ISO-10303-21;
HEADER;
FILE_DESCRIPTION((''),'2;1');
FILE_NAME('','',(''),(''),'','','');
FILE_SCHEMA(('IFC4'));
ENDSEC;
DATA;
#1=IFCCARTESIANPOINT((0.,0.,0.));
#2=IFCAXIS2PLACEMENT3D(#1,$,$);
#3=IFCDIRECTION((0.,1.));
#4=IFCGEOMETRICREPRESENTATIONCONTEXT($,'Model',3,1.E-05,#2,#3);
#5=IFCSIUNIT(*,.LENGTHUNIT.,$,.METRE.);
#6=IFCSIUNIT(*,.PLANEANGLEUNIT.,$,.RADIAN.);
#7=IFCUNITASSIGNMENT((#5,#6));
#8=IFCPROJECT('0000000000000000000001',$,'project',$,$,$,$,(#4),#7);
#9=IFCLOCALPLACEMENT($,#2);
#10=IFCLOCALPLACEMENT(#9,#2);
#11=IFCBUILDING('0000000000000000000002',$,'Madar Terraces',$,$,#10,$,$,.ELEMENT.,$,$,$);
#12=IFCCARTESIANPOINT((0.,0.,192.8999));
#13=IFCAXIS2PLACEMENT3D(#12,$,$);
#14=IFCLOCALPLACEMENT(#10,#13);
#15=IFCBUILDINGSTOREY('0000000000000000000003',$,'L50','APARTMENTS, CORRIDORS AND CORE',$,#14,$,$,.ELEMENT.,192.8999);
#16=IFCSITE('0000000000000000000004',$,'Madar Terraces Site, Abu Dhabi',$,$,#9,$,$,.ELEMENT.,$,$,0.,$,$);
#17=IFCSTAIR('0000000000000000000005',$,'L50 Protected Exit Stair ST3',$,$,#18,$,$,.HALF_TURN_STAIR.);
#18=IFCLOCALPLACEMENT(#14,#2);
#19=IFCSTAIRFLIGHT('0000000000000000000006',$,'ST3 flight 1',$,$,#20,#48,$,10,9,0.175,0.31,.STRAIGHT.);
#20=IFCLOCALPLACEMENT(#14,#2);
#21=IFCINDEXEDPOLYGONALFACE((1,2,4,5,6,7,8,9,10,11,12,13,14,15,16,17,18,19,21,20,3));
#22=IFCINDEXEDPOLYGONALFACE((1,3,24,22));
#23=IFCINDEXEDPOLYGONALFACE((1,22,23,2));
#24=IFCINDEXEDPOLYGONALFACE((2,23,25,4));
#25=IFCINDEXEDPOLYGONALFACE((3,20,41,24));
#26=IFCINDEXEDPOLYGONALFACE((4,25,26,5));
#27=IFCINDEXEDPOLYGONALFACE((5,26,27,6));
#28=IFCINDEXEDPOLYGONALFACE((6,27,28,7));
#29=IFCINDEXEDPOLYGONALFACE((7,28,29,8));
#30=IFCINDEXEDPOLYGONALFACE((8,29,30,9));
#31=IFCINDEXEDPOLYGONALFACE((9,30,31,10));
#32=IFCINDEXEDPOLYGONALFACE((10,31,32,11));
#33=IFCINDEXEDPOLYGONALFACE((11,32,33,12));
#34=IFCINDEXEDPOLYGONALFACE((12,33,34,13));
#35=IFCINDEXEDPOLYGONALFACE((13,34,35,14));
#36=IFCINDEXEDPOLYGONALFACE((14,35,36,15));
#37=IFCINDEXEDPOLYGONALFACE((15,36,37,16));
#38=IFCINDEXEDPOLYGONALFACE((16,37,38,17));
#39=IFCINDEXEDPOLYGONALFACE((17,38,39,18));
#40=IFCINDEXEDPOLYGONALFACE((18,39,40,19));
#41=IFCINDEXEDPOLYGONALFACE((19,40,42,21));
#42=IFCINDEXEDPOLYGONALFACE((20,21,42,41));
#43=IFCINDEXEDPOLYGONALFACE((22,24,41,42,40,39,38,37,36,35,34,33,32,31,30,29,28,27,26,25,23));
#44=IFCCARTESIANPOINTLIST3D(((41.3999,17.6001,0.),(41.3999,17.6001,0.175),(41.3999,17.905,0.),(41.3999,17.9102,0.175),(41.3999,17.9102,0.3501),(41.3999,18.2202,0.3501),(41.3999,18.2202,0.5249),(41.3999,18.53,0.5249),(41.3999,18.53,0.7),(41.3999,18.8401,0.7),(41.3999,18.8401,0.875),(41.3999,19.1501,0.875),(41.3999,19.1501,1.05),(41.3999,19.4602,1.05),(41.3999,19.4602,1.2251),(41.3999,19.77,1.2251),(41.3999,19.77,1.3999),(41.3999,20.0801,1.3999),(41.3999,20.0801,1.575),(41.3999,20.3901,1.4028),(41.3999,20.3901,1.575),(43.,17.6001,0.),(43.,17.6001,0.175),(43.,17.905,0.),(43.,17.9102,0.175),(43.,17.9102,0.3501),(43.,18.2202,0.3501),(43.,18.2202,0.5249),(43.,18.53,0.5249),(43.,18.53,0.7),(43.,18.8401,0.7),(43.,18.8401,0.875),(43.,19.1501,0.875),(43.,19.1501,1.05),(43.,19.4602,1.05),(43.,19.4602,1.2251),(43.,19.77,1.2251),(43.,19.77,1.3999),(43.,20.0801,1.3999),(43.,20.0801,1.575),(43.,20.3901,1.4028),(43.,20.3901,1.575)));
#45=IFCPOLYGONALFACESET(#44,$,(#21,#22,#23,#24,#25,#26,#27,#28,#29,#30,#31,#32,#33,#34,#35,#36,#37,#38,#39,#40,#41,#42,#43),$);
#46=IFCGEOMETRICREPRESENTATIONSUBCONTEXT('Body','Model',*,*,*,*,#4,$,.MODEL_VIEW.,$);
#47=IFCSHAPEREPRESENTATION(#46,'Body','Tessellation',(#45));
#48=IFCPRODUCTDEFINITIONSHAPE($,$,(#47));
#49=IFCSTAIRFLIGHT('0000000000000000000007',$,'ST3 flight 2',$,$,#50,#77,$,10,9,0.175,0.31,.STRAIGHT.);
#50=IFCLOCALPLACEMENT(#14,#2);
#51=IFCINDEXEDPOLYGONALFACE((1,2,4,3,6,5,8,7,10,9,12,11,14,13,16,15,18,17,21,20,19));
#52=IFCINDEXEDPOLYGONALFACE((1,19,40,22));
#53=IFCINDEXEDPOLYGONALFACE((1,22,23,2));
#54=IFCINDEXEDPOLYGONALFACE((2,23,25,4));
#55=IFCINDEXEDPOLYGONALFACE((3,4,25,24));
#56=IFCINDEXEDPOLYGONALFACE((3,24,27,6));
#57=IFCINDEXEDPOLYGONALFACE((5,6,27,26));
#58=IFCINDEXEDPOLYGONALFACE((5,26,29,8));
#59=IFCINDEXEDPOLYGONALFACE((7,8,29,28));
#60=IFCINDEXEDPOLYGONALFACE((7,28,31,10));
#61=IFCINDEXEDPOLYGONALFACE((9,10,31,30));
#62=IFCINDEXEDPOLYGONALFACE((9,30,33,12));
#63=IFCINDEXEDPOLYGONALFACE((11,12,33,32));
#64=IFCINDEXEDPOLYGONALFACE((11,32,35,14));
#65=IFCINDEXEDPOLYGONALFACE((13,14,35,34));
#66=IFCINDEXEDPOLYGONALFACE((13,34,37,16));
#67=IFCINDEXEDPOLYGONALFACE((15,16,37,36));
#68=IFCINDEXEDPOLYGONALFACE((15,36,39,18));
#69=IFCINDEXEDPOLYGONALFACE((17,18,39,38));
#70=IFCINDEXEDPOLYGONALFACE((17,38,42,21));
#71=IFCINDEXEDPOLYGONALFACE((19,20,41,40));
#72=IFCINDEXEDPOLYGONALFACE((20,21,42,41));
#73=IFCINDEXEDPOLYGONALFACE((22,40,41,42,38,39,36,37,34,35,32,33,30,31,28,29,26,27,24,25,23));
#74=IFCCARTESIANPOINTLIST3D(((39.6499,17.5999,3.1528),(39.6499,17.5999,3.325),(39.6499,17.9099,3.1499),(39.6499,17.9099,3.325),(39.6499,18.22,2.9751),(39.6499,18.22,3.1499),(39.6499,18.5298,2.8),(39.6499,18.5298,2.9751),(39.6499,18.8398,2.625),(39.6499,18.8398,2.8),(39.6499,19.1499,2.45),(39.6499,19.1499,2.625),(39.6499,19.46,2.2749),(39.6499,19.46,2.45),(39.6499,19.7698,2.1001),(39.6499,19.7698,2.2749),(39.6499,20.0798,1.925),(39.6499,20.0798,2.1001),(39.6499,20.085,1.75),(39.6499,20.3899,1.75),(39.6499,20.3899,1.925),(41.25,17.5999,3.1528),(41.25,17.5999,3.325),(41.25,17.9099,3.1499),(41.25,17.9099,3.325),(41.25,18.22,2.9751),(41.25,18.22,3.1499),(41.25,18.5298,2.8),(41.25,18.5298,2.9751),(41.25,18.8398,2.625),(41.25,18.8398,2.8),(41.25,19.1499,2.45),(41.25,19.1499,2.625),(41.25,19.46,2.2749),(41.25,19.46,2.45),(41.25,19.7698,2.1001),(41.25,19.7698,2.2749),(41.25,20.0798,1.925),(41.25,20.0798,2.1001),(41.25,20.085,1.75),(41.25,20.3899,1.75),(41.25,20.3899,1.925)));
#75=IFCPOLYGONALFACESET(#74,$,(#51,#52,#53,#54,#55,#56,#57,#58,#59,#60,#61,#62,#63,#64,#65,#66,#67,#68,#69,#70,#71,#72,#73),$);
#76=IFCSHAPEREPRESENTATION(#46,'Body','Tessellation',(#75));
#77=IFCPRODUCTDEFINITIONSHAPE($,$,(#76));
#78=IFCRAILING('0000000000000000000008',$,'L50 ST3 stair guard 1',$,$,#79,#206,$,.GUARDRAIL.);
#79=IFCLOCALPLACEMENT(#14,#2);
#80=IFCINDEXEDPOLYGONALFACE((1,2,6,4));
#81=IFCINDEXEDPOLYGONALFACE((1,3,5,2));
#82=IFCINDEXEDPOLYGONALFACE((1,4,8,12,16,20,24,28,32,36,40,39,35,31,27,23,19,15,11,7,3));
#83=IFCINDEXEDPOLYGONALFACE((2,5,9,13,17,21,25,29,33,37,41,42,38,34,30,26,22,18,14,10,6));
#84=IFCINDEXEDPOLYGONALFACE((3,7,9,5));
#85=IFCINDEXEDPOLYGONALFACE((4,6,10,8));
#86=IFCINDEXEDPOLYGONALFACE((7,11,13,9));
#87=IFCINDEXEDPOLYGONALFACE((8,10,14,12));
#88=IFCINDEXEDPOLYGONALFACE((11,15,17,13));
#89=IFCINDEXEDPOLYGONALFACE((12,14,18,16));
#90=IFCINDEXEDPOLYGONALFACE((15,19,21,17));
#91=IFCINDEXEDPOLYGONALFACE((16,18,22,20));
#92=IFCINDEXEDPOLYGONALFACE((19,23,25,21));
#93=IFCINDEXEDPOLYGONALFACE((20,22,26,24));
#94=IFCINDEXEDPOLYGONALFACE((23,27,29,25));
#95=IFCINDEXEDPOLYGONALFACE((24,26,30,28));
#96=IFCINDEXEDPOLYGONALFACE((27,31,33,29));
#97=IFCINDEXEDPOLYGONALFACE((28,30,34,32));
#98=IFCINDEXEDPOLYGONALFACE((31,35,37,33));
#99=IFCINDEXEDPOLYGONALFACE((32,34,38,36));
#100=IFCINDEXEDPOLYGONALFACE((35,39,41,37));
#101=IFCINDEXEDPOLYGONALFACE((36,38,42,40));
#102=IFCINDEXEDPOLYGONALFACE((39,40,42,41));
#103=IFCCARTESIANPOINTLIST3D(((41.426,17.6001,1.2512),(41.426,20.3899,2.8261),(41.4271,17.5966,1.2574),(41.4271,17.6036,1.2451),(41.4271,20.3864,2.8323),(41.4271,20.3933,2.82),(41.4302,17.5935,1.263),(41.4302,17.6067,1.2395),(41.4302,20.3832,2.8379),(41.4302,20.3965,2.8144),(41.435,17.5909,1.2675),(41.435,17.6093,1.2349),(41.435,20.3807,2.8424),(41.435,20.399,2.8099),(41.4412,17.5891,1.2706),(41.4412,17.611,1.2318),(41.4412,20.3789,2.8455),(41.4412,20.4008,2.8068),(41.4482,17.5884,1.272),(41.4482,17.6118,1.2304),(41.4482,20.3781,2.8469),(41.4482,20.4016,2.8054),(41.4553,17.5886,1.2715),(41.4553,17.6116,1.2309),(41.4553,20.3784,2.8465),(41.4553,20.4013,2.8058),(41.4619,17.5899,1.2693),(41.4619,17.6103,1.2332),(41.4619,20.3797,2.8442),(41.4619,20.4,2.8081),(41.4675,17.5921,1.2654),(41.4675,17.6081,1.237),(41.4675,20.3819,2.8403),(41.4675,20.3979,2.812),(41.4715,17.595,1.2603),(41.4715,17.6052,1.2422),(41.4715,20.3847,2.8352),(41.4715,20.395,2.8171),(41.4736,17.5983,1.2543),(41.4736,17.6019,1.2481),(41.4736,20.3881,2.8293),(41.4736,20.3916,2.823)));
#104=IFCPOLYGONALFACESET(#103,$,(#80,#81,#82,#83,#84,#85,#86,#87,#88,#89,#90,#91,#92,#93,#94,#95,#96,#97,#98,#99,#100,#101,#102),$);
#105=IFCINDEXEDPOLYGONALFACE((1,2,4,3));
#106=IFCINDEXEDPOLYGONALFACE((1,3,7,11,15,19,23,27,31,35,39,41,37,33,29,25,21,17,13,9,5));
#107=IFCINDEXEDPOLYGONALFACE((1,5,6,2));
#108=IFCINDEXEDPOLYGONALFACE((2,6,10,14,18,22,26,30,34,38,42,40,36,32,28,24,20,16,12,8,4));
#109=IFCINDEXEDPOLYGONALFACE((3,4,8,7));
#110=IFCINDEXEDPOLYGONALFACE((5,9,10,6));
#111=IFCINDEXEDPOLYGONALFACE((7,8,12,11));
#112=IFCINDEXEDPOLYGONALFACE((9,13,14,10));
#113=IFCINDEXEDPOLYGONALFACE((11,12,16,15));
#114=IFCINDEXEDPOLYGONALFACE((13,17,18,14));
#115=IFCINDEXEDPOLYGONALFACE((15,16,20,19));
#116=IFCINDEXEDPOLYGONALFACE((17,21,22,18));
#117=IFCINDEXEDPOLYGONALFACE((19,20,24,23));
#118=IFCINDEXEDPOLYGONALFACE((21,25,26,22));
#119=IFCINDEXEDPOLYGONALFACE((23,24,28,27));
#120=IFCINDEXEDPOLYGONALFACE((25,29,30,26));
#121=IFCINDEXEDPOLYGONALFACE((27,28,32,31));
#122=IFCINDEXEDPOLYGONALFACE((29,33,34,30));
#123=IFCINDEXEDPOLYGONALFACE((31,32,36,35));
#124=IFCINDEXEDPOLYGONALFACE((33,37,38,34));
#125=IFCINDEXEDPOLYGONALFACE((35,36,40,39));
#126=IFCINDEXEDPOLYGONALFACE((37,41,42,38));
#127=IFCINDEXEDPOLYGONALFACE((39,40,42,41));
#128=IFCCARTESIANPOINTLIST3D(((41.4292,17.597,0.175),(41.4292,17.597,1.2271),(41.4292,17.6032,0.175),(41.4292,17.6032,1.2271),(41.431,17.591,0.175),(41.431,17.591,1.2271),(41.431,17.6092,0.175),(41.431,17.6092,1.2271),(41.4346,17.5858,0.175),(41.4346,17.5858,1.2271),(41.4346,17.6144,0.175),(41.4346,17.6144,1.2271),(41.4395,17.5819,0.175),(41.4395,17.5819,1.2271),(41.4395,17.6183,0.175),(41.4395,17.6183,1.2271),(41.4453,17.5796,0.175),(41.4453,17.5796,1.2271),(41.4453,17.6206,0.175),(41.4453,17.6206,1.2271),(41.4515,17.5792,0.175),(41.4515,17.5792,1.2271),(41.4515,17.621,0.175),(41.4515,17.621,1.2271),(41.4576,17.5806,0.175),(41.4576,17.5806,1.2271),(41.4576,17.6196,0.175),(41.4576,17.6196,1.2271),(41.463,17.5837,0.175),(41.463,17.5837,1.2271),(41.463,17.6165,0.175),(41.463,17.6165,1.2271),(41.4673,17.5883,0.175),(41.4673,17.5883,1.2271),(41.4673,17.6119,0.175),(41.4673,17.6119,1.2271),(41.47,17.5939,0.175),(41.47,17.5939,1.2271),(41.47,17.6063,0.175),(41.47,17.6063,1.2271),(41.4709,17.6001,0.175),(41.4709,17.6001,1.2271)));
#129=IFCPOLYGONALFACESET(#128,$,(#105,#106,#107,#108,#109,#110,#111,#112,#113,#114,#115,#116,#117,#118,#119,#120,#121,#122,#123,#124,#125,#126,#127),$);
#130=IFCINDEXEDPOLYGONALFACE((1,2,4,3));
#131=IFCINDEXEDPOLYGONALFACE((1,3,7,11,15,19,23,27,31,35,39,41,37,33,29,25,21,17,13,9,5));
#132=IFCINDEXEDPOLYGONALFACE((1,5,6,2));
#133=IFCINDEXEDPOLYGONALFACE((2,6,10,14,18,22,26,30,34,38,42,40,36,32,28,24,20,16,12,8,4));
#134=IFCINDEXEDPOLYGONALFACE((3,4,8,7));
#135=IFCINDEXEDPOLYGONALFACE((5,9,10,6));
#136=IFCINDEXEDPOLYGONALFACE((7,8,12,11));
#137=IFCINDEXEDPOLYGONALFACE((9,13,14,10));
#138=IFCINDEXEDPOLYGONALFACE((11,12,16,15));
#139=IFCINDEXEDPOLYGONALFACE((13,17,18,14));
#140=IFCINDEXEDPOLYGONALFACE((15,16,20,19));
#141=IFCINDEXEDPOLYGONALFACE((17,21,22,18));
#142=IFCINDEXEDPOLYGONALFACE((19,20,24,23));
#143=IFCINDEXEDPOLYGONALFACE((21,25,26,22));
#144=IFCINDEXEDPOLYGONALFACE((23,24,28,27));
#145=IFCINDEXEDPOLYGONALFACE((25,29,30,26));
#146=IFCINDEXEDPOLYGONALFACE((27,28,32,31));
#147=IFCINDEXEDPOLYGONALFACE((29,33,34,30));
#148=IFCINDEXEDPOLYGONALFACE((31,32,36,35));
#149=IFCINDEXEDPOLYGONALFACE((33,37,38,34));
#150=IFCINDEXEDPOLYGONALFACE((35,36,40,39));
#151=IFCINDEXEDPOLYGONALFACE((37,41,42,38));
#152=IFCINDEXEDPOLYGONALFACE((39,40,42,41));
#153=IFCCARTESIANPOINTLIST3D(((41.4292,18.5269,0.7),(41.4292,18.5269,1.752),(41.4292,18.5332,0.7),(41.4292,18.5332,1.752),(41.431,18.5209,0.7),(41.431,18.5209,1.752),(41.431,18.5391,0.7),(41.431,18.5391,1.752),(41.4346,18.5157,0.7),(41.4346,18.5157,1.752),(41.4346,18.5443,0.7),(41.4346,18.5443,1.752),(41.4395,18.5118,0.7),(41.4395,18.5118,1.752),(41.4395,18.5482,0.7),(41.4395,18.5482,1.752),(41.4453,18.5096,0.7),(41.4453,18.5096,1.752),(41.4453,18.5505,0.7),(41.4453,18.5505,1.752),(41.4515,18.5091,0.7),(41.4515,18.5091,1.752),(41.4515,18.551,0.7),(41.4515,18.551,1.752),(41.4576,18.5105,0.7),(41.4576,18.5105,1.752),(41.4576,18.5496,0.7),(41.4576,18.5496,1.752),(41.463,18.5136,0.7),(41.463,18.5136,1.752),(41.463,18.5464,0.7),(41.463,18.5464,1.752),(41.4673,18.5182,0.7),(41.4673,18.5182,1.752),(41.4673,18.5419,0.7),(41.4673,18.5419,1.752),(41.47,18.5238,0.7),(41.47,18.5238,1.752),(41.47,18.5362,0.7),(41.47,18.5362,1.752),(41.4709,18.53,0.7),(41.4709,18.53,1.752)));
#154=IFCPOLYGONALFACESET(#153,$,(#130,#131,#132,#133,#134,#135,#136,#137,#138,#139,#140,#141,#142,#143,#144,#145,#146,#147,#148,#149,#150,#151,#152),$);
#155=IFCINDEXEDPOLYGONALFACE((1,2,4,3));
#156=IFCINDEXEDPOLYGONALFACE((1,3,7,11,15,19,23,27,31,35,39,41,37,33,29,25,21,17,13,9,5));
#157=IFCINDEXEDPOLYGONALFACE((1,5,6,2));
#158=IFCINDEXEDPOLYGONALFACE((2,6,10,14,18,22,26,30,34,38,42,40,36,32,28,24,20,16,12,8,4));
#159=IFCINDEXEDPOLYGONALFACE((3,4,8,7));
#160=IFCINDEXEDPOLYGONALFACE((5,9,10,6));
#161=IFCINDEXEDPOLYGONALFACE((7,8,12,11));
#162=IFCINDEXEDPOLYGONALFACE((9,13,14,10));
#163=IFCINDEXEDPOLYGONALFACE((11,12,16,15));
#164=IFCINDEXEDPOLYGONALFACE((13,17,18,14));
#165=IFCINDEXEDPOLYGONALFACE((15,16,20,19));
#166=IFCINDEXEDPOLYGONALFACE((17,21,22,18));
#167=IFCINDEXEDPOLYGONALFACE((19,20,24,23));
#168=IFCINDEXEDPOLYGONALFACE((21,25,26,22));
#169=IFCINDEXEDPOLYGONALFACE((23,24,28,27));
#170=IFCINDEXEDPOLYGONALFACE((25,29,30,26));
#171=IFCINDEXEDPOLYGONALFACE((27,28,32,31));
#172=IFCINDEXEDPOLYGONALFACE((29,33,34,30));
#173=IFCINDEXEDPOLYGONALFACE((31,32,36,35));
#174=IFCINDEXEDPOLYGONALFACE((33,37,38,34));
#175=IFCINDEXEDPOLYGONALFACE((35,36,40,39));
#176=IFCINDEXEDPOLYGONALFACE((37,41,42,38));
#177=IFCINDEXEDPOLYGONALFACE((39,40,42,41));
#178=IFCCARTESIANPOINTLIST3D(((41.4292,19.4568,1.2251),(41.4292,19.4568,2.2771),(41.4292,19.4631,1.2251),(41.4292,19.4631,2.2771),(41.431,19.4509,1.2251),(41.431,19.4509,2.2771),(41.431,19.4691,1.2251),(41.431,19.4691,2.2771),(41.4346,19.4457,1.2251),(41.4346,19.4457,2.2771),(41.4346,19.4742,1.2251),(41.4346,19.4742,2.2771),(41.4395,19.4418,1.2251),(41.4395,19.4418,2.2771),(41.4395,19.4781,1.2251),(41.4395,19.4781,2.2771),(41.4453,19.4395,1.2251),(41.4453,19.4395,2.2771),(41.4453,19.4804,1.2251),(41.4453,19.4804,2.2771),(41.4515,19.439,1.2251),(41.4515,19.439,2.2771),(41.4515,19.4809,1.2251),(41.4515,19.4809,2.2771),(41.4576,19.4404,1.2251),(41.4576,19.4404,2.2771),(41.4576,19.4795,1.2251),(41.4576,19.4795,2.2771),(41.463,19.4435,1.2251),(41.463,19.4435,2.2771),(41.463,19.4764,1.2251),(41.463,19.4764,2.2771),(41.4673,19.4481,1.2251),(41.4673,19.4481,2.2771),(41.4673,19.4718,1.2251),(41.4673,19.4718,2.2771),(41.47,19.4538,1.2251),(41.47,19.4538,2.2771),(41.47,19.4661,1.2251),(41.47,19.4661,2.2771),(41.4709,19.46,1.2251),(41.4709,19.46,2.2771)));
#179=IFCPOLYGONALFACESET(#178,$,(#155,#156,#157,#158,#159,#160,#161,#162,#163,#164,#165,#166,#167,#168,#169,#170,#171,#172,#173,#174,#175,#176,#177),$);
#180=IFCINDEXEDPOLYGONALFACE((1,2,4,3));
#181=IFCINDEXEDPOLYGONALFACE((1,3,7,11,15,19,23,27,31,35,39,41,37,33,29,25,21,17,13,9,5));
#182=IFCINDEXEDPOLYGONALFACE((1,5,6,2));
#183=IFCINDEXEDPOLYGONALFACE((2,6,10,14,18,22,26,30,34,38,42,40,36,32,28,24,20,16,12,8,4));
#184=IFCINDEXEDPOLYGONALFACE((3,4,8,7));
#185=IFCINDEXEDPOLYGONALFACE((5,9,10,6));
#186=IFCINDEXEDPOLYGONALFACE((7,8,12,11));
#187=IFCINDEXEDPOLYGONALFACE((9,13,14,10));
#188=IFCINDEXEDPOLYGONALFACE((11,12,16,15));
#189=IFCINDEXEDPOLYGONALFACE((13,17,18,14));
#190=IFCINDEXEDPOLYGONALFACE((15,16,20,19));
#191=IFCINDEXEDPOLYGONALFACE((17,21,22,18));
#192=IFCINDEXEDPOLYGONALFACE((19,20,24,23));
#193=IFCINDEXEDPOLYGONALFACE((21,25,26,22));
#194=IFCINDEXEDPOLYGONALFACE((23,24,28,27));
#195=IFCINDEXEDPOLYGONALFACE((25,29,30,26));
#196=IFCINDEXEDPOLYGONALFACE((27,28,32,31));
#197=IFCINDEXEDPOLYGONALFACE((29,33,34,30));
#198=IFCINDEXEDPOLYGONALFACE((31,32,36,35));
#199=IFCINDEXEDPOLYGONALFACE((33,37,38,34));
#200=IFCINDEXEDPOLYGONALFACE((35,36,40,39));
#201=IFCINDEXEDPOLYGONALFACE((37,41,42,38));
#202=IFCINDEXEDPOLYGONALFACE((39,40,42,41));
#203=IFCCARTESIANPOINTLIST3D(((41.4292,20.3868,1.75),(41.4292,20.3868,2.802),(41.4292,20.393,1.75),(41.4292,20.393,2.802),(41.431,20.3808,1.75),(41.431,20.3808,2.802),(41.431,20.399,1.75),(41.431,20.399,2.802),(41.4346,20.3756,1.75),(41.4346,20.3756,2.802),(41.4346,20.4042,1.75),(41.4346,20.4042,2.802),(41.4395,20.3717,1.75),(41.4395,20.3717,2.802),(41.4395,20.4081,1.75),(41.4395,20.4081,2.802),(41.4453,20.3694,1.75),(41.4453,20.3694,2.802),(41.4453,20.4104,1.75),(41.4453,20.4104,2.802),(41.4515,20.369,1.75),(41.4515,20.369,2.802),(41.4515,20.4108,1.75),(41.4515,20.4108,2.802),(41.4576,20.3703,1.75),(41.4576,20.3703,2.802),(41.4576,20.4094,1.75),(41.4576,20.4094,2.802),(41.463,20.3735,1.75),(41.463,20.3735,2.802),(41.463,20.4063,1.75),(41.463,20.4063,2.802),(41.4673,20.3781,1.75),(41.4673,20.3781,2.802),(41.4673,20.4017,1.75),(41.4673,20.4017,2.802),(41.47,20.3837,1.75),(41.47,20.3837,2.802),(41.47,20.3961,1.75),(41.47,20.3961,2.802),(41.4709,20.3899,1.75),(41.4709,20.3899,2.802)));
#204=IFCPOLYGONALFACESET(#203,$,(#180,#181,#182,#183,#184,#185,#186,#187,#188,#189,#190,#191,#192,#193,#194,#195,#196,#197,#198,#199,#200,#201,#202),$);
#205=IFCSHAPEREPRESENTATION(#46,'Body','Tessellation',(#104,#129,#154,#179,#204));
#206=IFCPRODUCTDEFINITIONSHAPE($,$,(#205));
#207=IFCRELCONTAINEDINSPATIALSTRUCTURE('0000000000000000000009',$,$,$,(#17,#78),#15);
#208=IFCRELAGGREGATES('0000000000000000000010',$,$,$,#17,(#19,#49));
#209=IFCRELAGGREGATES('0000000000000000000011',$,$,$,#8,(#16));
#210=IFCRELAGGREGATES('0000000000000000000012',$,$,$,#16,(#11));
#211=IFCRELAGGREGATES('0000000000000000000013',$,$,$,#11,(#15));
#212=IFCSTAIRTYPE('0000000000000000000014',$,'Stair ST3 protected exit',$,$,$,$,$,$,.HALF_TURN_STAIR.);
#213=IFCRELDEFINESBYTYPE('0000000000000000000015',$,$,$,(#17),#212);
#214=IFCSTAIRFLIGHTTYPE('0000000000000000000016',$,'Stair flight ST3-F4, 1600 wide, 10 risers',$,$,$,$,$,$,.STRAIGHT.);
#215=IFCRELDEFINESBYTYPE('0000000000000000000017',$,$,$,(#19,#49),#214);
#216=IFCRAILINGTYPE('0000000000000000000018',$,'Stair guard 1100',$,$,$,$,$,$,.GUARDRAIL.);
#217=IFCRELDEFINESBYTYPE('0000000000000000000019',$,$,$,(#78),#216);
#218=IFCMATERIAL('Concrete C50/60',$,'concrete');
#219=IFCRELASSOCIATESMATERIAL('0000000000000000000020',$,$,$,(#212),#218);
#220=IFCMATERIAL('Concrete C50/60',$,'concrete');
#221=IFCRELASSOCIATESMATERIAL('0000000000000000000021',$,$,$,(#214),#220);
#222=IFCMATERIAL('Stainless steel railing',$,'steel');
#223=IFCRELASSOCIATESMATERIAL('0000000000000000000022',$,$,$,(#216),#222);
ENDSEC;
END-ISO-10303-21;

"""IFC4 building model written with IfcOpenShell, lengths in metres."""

from ifc_helpers import new_model, si_unit, direction, frame, origin, origin_2d, place, context, subcontext, project, spatial, polyline, circle, outline, extrude, material, type_object, element, aggregate, save


model = new_model("IFC4")

# Units and contexts
model_context = context("Model", 3, precision=1e-05, world=origin(), true_north=direction((0.0, 1.0)))
body_context = subcontext(model_context, "Body", "Model", "MODEL_VIEW")
ifc_project = project(units=[si_unit("LENGTHUNIT", "METRE"), si_unit("PLANEANGLEUNIT", "RADIAN")], contexts=[model_context])

# Site, building, storey
site_placement = place(None, origin())
site = spatial("IfcSite", under=ifc_project, at=site_placement, Name="Madar Terraces Site, Abu Dhabi", CompositionType="ELEMENT", RefElevation=0.0)
building_placement = place(site_placement, origin())
building = spatial("IfcBuilding", under=site, at=building_placement, Name="Madar Terraces", CompositionType="ELEMENT")
storey_placement = place(building_placement, frame((0.0, 0.0, 192.8999)))
storey = spatial("IfcBuildingStorey", under=building, at=storey_placement, Name="L50", Description="APARTMENTS, CORRIDORS AND CORE", CompositionType="ELEMENT", Elevation=192.8999)

# Stair, stair flights
ifc_material_1 = material(Name="Concrete C50/60", Category="concrete")
stair_type = type_object("IfcStairType", Name="Stair ST3 protected exit", PredefinedType="HALF_TURN_STAIR", material=ifc_material_1)
stair_placement = place(storey_placement, origin())
stair = element("IfcStair", 1, at=stair_placement, inside=storey, type_object=stair_type, Name="L50 Protected Exit Stair ST3", PredefinedType="HALF_TURN_STAIR")
ifc_material_2 = material(Name="Concrete C50/60", Category="concrete")
stair_flight_type = type_object("IfcStairFlightType", Name="Stair flight ST3-F4, 1600 wide, 10 risers", PredefinedType="STRAIGHT", material=ifc_material_2)
stair_flight_1_placement = place(storey_placement, frame((42.2, 17.6001, 0.0), z_axis=(0.0, 0.0, 1.0), x_axis=(0.0, 1.0, 0.0)))
stair_flight_1 = element("IfcStairFlight", 2, at=stair_flight_1_placement, type_object=stair_flight_type, Name="ST3 flight 1", NumberOfRisers=10, NumberOfTreads=9, PredefinedType="STRAIGHT", RiserHeight=0.175, TreadLength=0.31, context=body_context, shape_type="SweptSolid", body=[
    extrude(outline(polyline([(0.0, 0.0), (0.0, 0.175), (0.3101, 0.175), (0.3101, 0.3501), (0.6201, 0.3501), (0.6201, 0.5249), (0.9299, 0.5249), (0.9299, 0.7), (1.24, 0.7), (1.24, 0.875), (1.55, 0.875), (1.55, 1.05), (1.8601, 1.05), (1.8601, 1.2251), (2.1699, 1.2251), (2.1699, 1.3999), (2.48, 1.3999), (2.48, 1.575), (2.79, 1.575), (2.79, 1.75), (2.79, 1.4028), (0.3049, 0.0), (0.0, 0.0)])), frame((0.0, 0.8, 0.0), z_axis=(0.0, -1.0, 0.0), x_axis=(1.0, 0.0, 0.0)), (0.0, 0.0, 1.0), 1.6001),
])
stair_flight_2_placement = place(storey_placement, frame((40.45, 20.3899, 1.75), z_axis=(0.0, 0.0, 1.0), x_axis=(0.0, -1.0, 0.0)))
stair_flight_2 = element("IfcStairFlight", 3, at=stair_flight_2_placement, type_object=stair_flight_type, Name="ST3 flight 2", NumberOfRisers=10, NumberOfTreads=9, PredefinedType="STRAIGHT", RiserHeight=0.175, TreadLength=0.31, context=body_context, shape_type="SweptSolid", body=[
    extrude(outline(polyline([(0.0, 0.0), (0.0, 0.175), (0.3101, 0.175), (0.3101, 0.3501), (0.6201, 0.3501), (0.6201, 0.5249), (0.9299, 0.5249), (0.9299, 0.7), (1.24, 0.7), (1.24, 0.875), (1.55, 0.875), (1.55, 1.05), (1.8601, 1.05), (1.8601, 1.2251), (2.1699, 1.2251), (2.1699, 1.3999), (2.48, 1.3999), (2.48, 1.575), (2.79, 1.575), (2.79, 1.75), (2.79, 1.4028), (0.3049, 0.0), (0.0, 0.0)])), frame((0.0, 0.8, 0.0), z_axis=(0.0, -1.0, 0.0), x_axis=(1.0, 0.0, 0.0)), (0.0, 0.0, 1.0), 1.6001),
])
aggregate(stair, [stair_flight_1, stair_flight_2])

# Railing
ifc_material_3 = material(Name="Stainless steel railing", Category="steel")
railing_type_1 = type_object("IfcRailingType", Name="Stair guard 1100", PredefinedType="GUARDRAIL", material=ifc_material_3)
railing_1_placement = place(storey_placement, frame((41.45, 17.6001, 0.175)))
element("IfcRailing", 4, at=railing_1_placement, inside=storey, type_object=railing_type_1, Name="L50 ST3 stair guard 1", PredefinedType="GUARDRAIL", context=body_context, shape_type="SweptSolid", body=[
    extrude(circle(Radius=0.0239, at=origin_2d()), frame((0.0, 0.0, 1.0762), z_axis=(0.0, 0.870815, 0.49161), x_axis=(-1.0, 0.0, 0.0)), (0.0, 0.0, 1.0), 3.2036),
    extrude(circle(Radius=0.021, at=origin_2d()), origin(), (0.0, 0.0, 1.0), 1.052),
    extrude(circle(Radius=0.021, at=origin_2d()), frame((0.0, 0.9299, 0.5249)), (0.0, 0.0, 1.0), 1.052),
    extrude(circle(Radius=0.021, at=origin_2d()), frame((0.0, 1.8599, 1.05)), (0.0, 0.0, 1.0), 1.052),
    extrude(circle(Radius=0.021, at=origin_2d()), frame((0.0, 2.7898, 1.575)), (0.0, 0.0, 1.0), 1.052),
])

save(model, "model.ifc")
